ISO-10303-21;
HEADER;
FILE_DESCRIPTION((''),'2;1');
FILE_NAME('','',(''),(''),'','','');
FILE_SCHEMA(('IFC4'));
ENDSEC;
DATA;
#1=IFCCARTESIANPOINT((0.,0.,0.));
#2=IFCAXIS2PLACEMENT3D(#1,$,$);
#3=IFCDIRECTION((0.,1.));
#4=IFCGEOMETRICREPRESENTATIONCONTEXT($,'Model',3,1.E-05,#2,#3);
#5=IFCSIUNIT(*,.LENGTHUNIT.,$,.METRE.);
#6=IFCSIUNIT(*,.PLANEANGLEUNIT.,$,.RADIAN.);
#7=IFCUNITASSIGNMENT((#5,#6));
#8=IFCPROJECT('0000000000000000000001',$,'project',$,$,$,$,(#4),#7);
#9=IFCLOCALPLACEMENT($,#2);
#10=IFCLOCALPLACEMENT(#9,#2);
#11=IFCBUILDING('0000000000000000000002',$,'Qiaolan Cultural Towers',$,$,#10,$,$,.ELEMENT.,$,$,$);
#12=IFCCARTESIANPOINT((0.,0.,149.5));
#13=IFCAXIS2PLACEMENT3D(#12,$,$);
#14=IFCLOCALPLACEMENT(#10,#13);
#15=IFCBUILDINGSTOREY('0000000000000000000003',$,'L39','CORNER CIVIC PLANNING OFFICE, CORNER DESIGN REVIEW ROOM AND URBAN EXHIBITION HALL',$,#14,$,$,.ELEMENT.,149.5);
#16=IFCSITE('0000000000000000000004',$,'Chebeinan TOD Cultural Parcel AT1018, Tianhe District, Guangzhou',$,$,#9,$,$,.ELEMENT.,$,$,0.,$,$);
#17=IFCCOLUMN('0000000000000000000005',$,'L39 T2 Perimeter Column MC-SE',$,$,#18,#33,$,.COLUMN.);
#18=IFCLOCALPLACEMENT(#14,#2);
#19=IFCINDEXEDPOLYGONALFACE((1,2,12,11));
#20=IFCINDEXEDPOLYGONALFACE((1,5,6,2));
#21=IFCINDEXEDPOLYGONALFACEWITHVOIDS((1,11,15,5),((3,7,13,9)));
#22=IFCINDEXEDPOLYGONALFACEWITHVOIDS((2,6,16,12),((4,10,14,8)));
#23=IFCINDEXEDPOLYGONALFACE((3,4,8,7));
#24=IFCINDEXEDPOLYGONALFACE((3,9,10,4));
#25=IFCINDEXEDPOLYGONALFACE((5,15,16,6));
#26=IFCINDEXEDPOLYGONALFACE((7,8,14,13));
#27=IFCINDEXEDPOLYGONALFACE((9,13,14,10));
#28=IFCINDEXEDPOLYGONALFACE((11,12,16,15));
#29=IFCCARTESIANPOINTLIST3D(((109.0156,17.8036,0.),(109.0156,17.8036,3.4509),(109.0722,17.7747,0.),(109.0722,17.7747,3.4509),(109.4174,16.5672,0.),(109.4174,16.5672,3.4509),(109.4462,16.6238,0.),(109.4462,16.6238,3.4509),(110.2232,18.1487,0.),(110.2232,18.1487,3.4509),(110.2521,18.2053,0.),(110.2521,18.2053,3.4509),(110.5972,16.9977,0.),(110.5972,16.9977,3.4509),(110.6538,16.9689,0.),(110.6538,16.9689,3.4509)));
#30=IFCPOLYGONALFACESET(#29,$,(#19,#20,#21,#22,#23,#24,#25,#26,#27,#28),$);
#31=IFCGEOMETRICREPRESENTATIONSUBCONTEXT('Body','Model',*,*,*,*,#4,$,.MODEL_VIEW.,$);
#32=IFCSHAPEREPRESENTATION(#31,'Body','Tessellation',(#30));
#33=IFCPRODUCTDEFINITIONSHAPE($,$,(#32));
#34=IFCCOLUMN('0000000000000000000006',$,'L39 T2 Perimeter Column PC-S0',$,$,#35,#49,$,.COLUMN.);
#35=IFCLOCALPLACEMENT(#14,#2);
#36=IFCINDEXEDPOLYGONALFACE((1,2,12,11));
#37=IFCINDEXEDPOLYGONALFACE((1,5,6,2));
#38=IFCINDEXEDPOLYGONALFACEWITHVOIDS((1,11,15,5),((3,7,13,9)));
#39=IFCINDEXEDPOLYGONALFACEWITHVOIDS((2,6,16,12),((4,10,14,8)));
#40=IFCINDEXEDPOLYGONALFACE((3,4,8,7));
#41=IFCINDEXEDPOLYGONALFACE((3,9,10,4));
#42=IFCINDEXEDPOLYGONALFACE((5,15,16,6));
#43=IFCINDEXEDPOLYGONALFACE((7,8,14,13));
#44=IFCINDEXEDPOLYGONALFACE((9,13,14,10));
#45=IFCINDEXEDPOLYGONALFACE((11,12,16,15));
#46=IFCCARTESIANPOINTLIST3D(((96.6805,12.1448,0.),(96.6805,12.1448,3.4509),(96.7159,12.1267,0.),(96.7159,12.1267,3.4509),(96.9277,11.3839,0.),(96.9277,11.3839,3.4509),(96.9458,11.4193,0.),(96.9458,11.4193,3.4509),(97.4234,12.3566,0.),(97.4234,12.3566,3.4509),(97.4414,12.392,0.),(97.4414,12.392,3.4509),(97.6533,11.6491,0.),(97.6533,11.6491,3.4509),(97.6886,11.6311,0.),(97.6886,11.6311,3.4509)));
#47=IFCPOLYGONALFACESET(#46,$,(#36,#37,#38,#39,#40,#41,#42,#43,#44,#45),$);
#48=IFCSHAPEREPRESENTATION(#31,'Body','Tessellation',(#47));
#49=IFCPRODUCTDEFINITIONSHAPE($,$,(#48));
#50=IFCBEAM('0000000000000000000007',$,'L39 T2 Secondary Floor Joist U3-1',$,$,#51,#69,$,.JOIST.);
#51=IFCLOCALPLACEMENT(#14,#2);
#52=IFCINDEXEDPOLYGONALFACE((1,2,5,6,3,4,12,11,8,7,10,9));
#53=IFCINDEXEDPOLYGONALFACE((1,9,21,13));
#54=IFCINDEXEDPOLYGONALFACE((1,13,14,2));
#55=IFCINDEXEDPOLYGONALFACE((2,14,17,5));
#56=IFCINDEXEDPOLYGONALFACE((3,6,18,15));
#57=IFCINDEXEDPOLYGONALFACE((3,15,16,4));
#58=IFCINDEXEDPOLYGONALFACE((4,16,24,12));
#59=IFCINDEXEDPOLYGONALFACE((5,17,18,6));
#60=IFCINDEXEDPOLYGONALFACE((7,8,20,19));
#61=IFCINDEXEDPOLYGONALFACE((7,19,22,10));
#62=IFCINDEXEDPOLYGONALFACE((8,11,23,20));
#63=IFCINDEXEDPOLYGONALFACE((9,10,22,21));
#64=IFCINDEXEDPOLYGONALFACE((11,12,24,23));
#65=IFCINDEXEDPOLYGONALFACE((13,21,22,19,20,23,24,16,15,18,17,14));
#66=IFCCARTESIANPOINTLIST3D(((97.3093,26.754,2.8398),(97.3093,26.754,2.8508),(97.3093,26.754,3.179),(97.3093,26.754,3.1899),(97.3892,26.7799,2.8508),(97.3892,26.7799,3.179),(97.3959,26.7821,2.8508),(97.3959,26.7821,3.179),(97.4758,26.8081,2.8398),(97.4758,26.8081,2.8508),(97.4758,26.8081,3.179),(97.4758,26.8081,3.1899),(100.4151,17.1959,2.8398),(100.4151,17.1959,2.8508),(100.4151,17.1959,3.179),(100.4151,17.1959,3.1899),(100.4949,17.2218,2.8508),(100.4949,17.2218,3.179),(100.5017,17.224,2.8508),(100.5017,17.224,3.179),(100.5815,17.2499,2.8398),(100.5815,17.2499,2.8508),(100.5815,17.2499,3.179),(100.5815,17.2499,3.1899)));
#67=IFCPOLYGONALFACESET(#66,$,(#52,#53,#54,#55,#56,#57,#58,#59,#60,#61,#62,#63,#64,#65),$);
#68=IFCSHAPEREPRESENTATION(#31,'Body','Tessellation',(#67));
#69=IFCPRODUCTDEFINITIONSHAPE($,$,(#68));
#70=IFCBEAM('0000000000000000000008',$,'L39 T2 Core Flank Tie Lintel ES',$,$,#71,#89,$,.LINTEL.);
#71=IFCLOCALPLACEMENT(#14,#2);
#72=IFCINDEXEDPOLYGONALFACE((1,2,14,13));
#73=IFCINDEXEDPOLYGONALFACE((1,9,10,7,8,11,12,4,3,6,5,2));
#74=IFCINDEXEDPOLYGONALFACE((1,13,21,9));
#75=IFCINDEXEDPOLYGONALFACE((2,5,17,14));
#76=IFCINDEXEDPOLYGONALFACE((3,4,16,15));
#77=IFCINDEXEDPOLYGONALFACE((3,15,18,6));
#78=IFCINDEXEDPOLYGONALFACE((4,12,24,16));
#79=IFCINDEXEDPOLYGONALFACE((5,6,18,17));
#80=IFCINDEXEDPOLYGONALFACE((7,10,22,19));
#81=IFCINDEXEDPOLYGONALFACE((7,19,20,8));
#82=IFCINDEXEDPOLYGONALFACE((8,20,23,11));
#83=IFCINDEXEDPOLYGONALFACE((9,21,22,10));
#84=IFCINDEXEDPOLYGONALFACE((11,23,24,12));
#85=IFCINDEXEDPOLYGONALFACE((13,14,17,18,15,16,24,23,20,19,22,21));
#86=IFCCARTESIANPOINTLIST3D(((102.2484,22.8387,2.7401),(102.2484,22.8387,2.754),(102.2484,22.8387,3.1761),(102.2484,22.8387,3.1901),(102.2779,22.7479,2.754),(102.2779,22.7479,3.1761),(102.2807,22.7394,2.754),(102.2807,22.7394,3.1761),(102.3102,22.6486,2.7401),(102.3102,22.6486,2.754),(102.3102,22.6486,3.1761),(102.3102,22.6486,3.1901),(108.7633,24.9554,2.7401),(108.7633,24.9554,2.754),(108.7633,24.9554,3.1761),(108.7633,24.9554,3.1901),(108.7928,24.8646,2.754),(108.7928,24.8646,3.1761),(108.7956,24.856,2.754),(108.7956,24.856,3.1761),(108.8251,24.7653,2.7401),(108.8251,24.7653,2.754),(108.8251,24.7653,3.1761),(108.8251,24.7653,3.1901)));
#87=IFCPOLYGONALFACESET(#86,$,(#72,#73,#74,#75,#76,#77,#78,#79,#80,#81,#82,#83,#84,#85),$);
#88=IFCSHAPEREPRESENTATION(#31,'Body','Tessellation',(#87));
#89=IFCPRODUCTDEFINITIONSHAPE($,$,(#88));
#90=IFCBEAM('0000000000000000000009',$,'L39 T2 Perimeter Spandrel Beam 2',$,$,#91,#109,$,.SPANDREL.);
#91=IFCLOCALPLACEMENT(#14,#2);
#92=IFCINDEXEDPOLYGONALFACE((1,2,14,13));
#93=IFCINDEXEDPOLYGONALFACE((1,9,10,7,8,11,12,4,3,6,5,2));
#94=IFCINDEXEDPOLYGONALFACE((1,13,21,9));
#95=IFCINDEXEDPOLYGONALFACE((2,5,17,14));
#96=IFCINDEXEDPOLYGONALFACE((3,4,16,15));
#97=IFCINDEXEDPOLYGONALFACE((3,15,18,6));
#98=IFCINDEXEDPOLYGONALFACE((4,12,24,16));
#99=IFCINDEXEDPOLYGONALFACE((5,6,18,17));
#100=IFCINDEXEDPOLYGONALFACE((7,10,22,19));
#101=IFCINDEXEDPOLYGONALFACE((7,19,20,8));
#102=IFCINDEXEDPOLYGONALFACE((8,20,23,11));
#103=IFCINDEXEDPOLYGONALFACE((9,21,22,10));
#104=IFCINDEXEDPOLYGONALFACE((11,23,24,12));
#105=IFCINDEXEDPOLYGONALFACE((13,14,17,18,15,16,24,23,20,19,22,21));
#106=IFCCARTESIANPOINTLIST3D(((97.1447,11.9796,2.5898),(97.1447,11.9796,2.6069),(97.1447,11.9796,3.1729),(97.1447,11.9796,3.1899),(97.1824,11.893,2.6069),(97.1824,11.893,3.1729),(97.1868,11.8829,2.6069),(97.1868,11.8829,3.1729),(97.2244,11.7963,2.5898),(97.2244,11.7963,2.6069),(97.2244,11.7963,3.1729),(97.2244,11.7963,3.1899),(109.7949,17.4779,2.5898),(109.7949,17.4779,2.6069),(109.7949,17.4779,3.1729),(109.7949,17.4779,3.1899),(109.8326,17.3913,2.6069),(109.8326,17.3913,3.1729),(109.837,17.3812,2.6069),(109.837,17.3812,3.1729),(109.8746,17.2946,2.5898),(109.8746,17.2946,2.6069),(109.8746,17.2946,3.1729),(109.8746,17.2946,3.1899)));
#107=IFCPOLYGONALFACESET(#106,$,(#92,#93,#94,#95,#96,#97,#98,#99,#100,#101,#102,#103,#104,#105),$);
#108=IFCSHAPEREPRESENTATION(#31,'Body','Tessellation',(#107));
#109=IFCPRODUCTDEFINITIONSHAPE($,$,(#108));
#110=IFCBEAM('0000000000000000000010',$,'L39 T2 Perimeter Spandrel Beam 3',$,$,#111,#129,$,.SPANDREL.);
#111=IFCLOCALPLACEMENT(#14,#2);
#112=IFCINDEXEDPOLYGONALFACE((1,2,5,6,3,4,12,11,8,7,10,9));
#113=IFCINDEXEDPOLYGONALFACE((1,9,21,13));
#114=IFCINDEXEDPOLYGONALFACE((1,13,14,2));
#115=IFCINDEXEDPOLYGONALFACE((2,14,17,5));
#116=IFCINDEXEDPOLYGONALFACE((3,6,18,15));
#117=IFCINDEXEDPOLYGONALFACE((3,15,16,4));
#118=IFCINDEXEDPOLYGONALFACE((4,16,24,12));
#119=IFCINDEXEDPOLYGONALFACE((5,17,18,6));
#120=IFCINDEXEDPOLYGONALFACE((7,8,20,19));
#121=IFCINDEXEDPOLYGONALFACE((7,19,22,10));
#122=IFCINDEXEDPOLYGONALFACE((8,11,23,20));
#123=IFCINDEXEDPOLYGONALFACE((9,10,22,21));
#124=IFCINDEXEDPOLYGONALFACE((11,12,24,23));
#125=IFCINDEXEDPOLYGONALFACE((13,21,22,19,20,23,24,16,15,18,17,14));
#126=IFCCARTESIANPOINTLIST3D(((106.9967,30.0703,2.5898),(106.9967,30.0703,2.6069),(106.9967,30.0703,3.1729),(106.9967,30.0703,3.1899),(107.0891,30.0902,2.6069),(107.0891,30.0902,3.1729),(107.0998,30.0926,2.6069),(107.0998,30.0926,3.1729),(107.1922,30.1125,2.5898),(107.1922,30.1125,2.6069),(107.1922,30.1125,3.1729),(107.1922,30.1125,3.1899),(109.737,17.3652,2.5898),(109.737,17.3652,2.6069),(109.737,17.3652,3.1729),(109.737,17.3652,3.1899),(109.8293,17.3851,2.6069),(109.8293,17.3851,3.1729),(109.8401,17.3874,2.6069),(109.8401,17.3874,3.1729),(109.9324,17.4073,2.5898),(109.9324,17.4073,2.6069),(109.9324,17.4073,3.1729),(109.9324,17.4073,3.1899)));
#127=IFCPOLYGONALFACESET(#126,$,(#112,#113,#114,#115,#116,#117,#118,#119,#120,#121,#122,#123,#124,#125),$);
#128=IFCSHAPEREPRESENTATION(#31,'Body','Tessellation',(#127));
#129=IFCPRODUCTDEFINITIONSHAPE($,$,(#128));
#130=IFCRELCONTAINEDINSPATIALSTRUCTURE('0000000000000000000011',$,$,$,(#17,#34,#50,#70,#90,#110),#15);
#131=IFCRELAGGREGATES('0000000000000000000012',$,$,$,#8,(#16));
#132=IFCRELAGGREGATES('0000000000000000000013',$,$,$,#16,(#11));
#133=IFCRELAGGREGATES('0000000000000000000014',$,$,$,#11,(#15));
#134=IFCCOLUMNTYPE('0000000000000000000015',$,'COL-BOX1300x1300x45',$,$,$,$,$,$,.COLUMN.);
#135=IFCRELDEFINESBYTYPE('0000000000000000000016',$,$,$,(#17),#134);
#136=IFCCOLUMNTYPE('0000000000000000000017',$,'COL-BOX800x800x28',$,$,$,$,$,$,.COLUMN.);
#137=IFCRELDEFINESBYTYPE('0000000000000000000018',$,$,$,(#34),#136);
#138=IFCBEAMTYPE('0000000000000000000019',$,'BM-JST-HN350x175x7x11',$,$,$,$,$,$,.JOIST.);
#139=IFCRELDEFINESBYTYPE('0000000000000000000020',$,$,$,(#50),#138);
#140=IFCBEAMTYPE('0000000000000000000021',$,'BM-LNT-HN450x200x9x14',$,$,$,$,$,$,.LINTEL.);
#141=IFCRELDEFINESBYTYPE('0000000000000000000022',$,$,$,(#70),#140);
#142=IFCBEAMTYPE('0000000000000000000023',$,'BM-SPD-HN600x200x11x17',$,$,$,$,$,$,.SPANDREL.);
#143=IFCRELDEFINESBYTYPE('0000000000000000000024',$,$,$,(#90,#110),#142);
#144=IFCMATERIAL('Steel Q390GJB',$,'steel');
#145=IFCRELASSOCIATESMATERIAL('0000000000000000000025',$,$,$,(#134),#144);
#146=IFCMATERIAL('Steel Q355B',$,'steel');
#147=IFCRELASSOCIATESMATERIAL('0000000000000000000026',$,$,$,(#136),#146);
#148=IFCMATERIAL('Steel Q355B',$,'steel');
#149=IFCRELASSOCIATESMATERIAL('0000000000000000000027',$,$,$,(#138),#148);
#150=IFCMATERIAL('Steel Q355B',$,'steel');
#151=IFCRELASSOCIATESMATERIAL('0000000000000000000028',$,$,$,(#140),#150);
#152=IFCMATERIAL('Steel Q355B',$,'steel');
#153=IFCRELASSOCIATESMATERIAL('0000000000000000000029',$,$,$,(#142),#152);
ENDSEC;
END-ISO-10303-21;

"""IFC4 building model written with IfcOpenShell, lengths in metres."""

from ifc_helpers import new_model, si_unit, direction, frame, origin, origin_2d, place, context, subcontext, project, spatial, hollow_rectangle, i_section, extrude, material, material_profile, profile_set, type_object, element, save


model = new_model("IFC4")

# Units and contexts
model_context = context("Model", 3, precision=1e-05, world=origin(), true_north=direction((0.0, 1.0)))
body_context = subcontext(model_context, "Body", "Model", "MODEL_VIEW")
ifc_project = project(units=[si_unit("LENGTHUNIT", "METRE"), si_unit("PLANEANGLEUNIT", "RADIAN")], contexts=[model_context])

# Site, building, storey
site_placement = place(None, origin())
site = spatial("IfcSite", under=ifc_project, at=site_placement, Name="Chebeinan TOD Cultural Parcel AT1018, Tianhe District, Guangzhou", CompositionType="ELEMENT", RefElevation=0.0)
building_placement = place(site_placement, origin())
building = spatial("IfcBuilding", under=site, at=building_placement, Name="Qiaolan Cultural Towers", CompositionType="ELEMENT")
storey_placement = place(building_placement, frame((0.0, 0.0, 149.5)))
storey = spatial("IfcBuildingStorey", under=building, at=storey_placement, Name="L39", Description="CORNER CIVIC PLANNING OFFICE, CORNER DESIGN REVIEW ROOM AND URBAN EXHIBITION HALL", CompositionType="ELEMENT", Elevation=149.5)

# Columns
ifc_material_1 = material(Name="Steel Q390GJB", Category="steel")
ifc_material_profile_1 = material_profile(ifc_material_1, hollow_rectangle(XDim=1.3, YDim=1.3, WallThickness=0.0449, at=origin_2d()), Name="BOX1300x1300x45")
ifc_profile_set_1 = profile_set([ifc_material_profile_1], Name="Steel Q390GJB")
column_type_1 = type_object("IfcColumnType", Name="COL-BOX1300x1300x45", PredefinedType="COLUMN", material=ifc_profile_set_1)
column_1_placement = place(storey_placement, frame((109.8347, 17.3862, 0.0), z_axis=(0.0, 0.0, 1.0), x_axis=(0.951057, 0.309017, 0.0)))
element("IfcColumn", 1, at=column_1_placement, inside=storey, type_object=column_type_1, Name="L39 T2 Perimeter Column MC-SE", PredefinedType="COLUMN", context=body_context, shape_type="SweptSolid", body=[
    extrude(hollow_rectangle(XDim=1.3, YDim=1.3, WallThickness=0.0449, at=origin_2d()), origin(), (0.0, 0.0, 1.0), 3.4509),
])
ifc_material_2 = material(Name="Steel Q355B", Category="steel")
ifc_material_profile_2 = material_profile(ifc_material_2, hollow_rectangle(XDim=0.8, YDim=0.8, WallThickness=0.0281, at=origin_2d()), Name="BOX800x800x28")
ifc_profile_set_2 = profile_set([ifc_material_profile_2], Name="Steel Q355B")
column_type_2 = type_object("IfcColumnType", Name="COL-BOX800x800x28", PredefinedType="COLUMN", material=ifc_profile_set_2)
column_2_placement = place(storey_placement, frame((97.1846, 11.8879, 0.0), z_axis=(0.0, 0.0, 1.0), x_axis=(0.951057, 0.309017, 0.0)))
element("IfcColumn", 2, at=column_2_placement, inside=storey, type_object=column_type_2, Name="L39 T2 Perimeter Column PC-S0", PredefinedType="COLUMN", context=body_context, shape_type="SweptSolid", body=[
    extrude(hollow_rectangle(XDim=0.8, YDim=0.8, WallThickness=0.0281, at=origin_2d()), origin(), (0.0, 0.0, 1.0), 3.4509),
])

# Beams
ifc_material_3 = material(Name="Steel Q355B", Category="steel")
ifc_material_profile_3 = material_profile(ifc_material_3, i_section(OverallWidth=0.175, OverallDepth=0.3501, WebThickness=0.0071, FlangeThickness=0.011, at=origin_2d()), Name="HN350x175x7x11")
ifc_profile_set_3 = profile_set([ifc_material_profile_3], Name="Steel Q355B")
beam_type_1 = type_object("IfcBeamType", Name="BM-JST-HN350x175x7x11", PredefinedType="JOIST", material=ifc_profile_set_3)
beam_1_placement = place(storey_placement, frame((100.4983, 17.2229, 3.0149), z_axis=(-0.309026, 0.951054, 0.0), x_axis=(-0.951054, -0.309026, 0.0)))
element("IfcBeam", 3, at=beam_1_placement, inside=storey, type_object=beam_type_1, Name="L39 T2 Secondary Floor Joist U3-1", PredefinedType="JOIST", context=body_context, shape_type="SweptSolid", body=[
    extrude(i_section(OverallWidth=0.175, OverallDepth=0.3501, WebThickness=0.0071, FlangeThickness=0.011, at=origin_2d()), origin(), (0.0, 0.0, 1.0), 10.05),
])
ifc_material_4 = material(Name="Steel Q355B", Category="steel")
ifc_material_profile_4 = material_profile(ifc_material_4, i_section(OverallWidth=0.2, OverallDepth=0.45, WebThickness=0.009, FlangeThickness=0.0139, at=origin_2d()), Name="HN450x200x9x14")
ifc_profile_set_4 = profile_set([ifc_material_profile_4], Name="Steel Q355B")
beam_type_2 = type_object("IfcBeamType", Name="BM-LNT-HN450x200x9x14", PredefinedType="LINTEL", material=ifc_profile_set_4)
beam_2_placement = place(storey_placement, frame((102.2793, 22.7437, 2.9651), z_axis=(0.951062, 0.309001, 0.0), x_axis=(-0.309001, 0.951062, 0.0)))
element("IfcBeam", 4, at=beam_2_placement, inside=storey, type_object=beam_type_2, Name="L39 T2 Core Flank Tie Lintel ES", PredefinedType="LINTEL", context=body_context, shape_type="SweptSolid", body=[
    extrude(i_section(OverallWidth=0.2, OverallDepth=0.45, WebThickness=0.009, FlangeThickness=0.0139, at=origin_2d()), origin(), (0.0, 0.0, 1.0), 6.8501),
])
ifc_material_5 = material(Name="Steel Q355B", Category="steel")
ifc_material_profile_5 = material_profile(ifc_material_5, i_section(OverallWidth=0.2, OverallDepth=0.6001, WebThickness=0.011, FlangeThickness=0.0171, at=origin_2d()), Name="HN600x200x11x17")
ifc_profile_set_5 = profile_set([ifc_material_profile_5], Name="Steel Q355B")
beam_type_3 = type_object("IfcBeamType", Name="BM-SPD-HN600x200x11x17", PredefinedType="SPANDREL", material=ifc_profile_set_5)
beam_3_placement = place(storey_placement, frame((97.1846, 11.8879, 2.8899), z_axis=(0.917117, 0.398618, 0.0), x_axis=(-0.398618, 0.917117, 0.0)))
element("IfcBeam", 5, at=beam_3_placement, inside=storey, type_object=beam_type_3, Name="L39 T2 Perimeter Spandrel Beam 2", PredefinedType="SPANDREL", context=body_context, shape_type="SweptSolid", body=[
    extrude(i_section(OverallWidth=0.2, OverallDepth=0.6001, WebThickness=0.011, FlangeThickness=0.0171, at=origin_2d()), origin(), (0.0, 0.0, 1.0), 13.7935),
])
beam_4_placement = place(storey_placement, frame((109.8347, 17.3862, 2.8899), z_axis=(-0.210832, 0.977522, 0.0), x_axis=(-0.977522, -0.210832, 0.0)))
element("IfcBeam", 6, at=beam_4_placement, inside=storey, type_object=beam_type_3, Name="L39 T2 Perimeter Spandrel Beam 3", PredefinedType="SPANDREL", context=body_context, shape_type="SweptSolid", body=[
    extrude(i_section(OverallWidth=0.2, OverallDepth=0.6001, WebThickness=0.011, FlangeThickness=0.0171, at=origin_2d()), origin(), (0.0, 0.0, 1.0), 12.9973),
])

save(model, "model.ifc")
